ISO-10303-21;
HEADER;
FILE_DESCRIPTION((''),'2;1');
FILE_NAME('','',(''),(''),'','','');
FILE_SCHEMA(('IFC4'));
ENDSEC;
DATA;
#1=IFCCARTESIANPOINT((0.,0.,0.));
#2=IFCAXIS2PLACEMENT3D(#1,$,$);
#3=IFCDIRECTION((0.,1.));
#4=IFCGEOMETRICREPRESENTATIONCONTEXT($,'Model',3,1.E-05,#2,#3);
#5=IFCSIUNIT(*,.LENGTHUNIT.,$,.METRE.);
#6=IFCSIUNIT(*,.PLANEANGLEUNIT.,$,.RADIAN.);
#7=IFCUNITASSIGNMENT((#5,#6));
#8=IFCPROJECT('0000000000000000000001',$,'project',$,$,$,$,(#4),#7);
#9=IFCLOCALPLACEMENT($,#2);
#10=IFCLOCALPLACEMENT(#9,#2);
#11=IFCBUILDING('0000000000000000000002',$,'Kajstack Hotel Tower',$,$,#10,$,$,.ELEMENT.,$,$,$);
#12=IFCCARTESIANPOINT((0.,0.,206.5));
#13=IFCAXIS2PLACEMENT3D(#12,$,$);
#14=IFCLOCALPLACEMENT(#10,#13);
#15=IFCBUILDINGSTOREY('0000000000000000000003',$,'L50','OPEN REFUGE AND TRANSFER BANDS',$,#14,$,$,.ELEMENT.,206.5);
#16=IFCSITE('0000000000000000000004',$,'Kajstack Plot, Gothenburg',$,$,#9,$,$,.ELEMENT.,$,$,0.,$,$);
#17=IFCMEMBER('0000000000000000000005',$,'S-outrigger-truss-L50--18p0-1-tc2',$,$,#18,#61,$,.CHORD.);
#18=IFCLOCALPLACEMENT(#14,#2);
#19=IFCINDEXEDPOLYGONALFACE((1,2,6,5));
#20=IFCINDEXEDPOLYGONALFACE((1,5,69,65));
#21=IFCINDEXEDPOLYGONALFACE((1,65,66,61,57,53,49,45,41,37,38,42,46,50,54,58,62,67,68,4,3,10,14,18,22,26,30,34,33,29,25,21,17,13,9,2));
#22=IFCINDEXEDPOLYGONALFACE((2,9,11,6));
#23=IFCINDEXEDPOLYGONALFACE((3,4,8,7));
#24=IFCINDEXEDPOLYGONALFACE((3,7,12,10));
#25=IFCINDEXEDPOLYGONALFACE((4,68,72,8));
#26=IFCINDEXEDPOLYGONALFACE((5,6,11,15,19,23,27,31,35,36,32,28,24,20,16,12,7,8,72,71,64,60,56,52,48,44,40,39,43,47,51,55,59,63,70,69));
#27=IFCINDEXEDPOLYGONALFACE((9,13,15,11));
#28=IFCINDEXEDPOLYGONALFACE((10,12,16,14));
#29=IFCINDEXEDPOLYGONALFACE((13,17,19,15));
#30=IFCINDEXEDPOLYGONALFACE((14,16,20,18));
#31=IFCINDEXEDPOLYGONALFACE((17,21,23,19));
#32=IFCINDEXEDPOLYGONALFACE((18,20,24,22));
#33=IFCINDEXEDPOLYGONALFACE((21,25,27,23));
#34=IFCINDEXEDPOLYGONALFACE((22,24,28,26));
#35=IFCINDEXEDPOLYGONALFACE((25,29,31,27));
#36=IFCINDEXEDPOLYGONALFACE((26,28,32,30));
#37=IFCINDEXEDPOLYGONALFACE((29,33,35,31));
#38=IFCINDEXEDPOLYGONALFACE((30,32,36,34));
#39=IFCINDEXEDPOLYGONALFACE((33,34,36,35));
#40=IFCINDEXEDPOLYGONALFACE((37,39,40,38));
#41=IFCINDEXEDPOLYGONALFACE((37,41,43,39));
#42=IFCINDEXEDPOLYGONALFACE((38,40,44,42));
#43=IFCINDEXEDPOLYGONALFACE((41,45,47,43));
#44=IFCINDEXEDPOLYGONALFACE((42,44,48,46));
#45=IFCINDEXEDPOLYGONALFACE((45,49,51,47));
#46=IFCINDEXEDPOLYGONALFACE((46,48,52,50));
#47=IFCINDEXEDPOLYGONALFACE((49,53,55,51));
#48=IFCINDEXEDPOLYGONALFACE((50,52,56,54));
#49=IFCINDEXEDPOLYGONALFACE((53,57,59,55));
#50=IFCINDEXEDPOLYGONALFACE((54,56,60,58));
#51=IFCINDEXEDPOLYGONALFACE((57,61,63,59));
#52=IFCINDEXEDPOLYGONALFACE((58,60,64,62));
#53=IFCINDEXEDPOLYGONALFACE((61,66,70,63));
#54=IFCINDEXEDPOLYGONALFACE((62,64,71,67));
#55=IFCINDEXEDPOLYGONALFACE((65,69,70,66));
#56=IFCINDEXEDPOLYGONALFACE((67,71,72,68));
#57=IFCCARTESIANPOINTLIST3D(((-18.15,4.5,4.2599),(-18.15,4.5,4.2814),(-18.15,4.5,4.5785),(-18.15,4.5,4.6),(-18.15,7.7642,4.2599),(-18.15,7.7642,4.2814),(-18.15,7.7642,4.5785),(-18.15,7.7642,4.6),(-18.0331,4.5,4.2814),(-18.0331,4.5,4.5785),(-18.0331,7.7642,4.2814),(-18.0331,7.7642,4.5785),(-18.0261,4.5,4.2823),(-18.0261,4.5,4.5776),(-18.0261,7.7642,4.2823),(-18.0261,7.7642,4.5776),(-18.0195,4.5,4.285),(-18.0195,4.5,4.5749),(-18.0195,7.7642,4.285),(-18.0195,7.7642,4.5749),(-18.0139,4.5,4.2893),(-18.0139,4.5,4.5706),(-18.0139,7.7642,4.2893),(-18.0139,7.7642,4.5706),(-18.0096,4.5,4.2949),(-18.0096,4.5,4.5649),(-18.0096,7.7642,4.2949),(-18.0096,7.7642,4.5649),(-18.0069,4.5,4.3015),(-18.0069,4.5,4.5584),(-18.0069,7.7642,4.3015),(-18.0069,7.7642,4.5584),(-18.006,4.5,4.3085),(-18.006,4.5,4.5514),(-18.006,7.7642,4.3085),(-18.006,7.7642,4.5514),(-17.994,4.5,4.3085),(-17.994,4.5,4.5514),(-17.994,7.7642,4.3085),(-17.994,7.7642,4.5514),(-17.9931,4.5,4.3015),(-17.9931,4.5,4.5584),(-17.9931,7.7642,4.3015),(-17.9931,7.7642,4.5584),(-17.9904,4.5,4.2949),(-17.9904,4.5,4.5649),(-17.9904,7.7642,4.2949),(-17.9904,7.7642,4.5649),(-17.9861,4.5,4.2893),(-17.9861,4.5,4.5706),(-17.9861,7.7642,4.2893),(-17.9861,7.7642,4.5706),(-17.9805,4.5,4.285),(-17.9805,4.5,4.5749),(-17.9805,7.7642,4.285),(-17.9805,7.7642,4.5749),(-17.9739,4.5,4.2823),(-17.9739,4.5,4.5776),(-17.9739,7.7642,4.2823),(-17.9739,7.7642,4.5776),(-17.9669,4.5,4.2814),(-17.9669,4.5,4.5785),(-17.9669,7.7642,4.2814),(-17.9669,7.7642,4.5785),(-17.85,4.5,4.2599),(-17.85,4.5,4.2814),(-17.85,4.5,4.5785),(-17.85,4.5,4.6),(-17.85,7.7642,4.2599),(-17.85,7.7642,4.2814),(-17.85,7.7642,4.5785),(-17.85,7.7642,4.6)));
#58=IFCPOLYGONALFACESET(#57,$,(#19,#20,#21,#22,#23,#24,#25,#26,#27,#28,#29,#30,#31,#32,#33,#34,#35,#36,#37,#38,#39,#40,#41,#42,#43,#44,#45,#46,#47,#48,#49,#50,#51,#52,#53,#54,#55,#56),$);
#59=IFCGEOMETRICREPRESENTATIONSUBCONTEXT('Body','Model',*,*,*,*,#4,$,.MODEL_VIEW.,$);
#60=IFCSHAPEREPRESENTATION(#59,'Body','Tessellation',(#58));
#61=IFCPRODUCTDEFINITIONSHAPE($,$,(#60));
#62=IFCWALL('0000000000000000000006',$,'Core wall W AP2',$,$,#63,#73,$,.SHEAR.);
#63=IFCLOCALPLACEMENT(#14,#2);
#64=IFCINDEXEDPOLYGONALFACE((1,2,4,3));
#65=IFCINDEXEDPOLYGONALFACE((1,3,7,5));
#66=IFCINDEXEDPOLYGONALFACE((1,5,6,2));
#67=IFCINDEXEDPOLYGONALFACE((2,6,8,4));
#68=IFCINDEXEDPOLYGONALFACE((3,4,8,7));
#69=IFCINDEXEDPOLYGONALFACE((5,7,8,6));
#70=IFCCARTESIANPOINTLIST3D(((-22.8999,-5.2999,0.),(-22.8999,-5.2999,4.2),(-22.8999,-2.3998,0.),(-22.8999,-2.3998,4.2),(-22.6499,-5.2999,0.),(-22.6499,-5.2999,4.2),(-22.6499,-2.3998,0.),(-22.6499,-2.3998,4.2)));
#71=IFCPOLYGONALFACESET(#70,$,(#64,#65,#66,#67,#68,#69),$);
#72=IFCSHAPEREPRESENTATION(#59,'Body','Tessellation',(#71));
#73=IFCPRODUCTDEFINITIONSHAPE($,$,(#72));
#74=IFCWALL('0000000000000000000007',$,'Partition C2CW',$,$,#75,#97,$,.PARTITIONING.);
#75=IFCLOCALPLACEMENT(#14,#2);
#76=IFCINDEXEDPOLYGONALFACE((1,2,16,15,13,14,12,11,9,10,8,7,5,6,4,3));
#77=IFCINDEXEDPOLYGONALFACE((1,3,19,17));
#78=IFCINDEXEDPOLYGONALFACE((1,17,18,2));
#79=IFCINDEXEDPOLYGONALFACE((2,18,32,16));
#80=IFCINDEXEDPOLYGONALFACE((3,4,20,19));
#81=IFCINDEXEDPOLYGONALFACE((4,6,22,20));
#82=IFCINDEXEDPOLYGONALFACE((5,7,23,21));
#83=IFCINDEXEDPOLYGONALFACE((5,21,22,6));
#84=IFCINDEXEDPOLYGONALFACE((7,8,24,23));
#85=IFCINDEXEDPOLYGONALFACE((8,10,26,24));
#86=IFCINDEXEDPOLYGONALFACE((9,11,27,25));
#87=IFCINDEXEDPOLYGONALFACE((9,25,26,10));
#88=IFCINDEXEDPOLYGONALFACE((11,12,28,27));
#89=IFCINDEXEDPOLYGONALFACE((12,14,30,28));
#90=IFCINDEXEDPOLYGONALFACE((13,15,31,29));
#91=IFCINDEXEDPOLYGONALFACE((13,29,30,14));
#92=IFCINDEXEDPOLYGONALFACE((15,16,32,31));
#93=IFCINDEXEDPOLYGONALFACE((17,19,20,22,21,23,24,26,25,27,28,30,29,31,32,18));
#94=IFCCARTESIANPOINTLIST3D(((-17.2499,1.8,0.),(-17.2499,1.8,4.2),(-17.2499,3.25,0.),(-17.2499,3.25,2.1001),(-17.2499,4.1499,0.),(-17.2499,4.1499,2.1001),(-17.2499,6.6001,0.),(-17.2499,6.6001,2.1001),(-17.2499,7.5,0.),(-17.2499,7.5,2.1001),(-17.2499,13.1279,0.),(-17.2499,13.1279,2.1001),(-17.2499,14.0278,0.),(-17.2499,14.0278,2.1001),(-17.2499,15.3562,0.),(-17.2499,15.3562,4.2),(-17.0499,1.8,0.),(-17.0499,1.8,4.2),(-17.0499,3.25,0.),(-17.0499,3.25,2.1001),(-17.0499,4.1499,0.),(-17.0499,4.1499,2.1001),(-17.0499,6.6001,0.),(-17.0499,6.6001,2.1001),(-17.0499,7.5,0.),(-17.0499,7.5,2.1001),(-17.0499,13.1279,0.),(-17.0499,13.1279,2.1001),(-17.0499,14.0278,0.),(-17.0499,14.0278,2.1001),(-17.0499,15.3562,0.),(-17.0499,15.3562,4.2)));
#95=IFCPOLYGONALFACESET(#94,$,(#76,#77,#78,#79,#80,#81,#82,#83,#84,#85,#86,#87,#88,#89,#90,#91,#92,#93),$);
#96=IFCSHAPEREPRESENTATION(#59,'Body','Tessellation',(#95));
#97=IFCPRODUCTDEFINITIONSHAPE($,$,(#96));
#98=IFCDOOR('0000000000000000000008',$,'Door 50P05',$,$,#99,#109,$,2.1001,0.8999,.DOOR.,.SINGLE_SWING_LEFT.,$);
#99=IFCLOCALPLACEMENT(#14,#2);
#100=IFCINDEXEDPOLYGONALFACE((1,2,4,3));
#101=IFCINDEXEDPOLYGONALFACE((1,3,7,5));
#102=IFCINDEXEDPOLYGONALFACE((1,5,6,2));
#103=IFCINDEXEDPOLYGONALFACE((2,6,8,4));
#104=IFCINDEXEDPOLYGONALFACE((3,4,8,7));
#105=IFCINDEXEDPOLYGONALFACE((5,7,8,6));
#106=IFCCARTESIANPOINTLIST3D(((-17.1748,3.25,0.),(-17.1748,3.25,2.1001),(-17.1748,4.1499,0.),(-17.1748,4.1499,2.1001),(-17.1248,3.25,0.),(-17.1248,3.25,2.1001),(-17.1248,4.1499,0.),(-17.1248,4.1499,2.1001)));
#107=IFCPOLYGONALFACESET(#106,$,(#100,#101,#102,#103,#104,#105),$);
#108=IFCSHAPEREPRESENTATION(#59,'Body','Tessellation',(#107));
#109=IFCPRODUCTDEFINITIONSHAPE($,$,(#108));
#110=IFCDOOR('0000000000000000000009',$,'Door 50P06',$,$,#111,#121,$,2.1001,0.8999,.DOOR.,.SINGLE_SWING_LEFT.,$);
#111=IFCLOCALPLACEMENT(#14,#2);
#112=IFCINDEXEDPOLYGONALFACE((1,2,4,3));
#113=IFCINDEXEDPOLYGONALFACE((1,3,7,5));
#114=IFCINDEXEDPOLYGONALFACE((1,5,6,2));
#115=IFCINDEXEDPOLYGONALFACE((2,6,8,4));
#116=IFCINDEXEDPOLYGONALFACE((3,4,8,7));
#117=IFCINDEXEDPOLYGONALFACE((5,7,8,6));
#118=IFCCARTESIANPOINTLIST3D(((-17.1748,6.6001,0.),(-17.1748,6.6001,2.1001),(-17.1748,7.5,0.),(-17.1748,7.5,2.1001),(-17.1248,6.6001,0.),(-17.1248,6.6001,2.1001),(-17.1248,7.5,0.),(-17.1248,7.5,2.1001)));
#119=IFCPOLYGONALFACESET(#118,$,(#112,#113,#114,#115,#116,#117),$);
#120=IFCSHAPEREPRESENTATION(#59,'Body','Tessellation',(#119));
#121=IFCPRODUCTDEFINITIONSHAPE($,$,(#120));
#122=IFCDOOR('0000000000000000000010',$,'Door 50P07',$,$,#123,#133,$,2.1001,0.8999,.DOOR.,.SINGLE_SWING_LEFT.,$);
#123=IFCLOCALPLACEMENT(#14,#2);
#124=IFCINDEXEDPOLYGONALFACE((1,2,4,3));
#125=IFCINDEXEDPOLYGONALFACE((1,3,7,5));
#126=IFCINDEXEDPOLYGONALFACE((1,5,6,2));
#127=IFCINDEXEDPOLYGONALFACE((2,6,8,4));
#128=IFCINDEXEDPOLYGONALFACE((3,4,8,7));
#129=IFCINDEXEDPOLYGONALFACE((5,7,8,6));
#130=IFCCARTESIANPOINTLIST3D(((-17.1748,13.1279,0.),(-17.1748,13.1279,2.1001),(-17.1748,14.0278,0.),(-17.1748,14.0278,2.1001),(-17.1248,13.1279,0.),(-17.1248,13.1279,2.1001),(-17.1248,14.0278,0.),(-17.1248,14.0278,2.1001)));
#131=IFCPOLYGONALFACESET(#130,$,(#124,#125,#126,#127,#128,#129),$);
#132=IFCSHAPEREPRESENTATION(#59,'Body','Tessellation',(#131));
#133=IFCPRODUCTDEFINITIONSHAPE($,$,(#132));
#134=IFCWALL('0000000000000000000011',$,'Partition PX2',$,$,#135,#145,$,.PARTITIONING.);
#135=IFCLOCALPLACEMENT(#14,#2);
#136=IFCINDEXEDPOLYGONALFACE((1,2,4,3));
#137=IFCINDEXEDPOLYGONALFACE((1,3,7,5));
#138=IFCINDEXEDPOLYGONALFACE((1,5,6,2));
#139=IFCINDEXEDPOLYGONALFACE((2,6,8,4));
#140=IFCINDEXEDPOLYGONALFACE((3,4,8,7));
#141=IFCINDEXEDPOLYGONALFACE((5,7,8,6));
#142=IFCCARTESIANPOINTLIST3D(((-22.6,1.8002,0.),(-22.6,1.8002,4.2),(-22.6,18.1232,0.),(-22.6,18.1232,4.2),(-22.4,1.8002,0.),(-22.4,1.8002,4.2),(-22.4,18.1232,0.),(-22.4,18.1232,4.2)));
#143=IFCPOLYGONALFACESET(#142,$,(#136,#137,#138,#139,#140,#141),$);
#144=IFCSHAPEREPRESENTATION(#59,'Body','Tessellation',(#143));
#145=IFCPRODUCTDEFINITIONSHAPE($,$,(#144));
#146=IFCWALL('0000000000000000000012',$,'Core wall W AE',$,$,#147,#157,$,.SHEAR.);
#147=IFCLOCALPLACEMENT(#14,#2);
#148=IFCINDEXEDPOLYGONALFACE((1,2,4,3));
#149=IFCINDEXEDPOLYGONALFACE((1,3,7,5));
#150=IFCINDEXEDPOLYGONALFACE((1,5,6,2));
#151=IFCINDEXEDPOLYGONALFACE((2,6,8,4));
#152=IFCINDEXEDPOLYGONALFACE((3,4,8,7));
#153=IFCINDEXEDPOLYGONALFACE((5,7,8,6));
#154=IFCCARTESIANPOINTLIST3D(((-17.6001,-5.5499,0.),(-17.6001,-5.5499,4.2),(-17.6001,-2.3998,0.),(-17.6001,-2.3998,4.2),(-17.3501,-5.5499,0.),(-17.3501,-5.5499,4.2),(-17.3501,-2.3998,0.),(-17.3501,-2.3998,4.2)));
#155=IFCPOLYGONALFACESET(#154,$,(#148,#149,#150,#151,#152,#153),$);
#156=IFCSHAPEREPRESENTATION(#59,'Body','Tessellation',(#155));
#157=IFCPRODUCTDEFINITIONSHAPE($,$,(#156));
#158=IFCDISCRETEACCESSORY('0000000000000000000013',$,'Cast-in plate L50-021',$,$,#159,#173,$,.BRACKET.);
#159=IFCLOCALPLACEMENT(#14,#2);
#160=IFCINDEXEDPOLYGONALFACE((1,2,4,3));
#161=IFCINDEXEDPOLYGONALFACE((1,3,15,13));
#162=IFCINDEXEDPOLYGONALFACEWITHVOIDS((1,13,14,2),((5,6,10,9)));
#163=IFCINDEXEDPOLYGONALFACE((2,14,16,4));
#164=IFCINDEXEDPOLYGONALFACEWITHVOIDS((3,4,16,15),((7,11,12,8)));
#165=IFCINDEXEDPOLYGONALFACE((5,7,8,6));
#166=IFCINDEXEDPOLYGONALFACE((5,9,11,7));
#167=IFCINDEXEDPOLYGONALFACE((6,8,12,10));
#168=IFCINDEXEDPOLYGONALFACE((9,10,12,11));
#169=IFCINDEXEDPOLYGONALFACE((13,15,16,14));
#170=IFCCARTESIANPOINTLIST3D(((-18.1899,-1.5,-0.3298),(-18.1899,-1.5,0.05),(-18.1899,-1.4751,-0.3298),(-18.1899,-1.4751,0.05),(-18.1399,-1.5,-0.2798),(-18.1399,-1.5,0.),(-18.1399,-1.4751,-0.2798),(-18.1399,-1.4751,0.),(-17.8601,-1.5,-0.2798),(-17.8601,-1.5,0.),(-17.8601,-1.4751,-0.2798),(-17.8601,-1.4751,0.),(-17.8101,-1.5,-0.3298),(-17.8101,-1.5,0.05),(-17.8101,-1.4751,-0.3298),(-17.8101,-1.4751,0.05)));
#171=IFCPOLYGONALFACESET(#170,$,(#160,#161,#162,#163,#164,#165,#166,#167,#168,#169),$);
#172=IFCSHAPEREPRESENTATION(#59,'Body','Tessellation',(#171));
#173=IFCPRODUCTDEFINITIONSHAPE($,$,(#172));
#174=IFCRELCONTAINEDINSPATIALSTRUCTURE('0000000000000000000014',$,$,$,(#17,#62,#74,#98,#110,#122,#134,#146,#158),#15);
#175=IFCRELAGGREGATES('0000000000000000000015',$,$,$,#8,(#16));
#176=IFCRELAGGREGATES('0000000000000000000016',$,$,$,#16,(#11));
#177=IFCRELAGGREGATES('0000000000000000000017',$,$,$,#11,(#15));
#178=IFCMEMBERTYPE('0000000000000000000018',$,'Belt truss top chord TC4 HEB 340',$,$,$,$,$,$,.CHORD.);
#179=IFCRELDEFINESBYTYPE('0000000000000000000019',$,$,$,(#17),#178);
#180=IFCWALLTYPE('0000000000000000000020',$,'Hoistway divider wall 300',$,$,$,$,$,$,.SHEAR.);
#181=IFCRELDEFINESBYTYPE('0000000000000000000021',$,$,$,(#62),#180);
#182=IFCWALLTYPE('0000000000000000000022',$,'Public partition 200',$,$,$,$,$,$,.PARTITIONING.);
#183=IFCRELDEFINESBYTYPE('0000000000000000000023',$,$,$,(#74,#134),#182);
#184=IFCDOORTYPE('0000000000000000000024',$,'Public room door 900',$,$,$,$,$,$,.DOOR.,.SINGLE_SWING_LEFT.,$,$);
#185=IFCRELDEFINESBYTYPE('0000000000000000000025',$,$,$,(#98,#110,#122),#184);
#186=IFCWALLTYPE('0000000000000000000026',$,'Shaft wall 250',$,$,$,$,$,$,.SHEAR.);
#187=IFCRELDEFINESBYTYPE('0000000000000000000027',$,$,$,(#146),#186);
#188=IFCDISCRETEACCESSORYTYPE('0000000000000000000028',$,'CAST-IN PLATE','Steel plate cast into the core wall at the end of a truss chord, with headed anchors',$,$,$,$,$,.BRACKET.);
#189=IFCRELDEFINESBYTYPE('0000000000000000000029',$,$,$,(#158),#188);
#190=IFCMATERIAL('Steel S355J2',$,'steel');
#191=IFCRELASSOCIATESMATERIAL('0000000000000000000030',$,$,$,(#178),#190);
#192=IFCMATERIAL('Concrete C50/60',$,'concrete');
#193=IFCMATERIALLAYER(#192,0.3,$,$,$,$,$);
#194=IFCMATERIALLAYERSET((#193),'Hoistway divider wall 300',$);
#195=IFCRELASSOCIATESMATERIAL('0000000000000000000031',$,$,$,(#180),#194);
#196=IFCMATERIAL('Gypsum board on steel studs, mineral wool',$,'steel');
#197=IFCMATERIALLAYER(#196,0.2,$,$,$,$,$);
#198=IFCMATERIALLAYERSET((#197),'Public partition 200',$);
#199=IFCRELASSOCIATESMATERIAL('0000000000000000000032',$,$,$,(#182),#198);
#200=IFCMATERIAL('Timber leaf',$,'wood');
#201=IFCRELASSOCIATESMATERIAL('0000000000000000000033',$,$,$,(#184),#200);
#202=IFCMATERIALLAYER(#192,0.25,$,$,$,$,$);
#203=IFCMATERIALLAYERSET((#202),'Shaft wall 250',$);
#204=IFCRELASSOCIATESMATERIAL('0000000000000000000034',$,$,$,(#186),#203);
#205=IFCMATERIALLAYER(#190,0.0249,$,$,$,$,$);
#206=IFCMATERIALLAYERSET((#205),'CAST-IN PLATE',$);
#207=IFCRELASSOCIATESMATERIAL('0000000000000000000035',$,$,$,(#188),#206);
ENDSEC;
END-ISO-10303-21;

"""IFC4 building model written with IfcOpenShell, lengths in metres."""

from ifc_helpers import new_model, si_unit, direction, frame, frame_2d, origin, origin_2d, place, context, subcontext, project, spatial, polyline, rectangle, i_section, outline, extrude, material, layer, layer_set, material_profile, profile_set, type_object, element, fill, save


model = new_model("IFC4")

# Units and contexts
model_context = context("Model", 3, precision=1e-05, world=origin(), true_north=direction((0.0, 1.0)))
body_context = subcontext(model_context, "Body", "Model", "MODEL_VIEW")
ifc_project = project(units=[si_unit("LENGTHUNIT", "METRE"), si_unit("PLANEANGLEUNIT", "RADIAN")], contexts=[model_context])

# Site, building, storey
site_placement = place(None, origin())
site = spatial("IfcSite", under=ifc_project, at=site_placement, Name="Kajstack Plot, Gothenburg", CompositionType="ELEMENT", RefElevation=0.0)
building_placement = place(site_placement, origin())
building = spatial("IfcBuilding", under=site, at=building_placement, Name="Kajstack Hotel Tower", CompositionType="ELEMENT")
storey_placement = place(building_placement, frame((0.0, 0.0, 206.5)))
storey = spatial("IfcBuildingStorey", under=building, at=storey_placement, Name="L50", Description="OPEN REFUGE AND TRANSFER BANDS", CompositionType="ELEMENT", Elevation=206.5)

# Member
ifc_material_1 = material(Name="Steel S355J2", Category="steel")
ifc_material_profile_1 = material_profile(ifc_material_1, i_section(OverallWidth=0.3, OverallDepth=0.3401, WebThickness=0.012, FlangeThickness=0.0215, FilletRadius=0.0271, at=origin_2d()), Name="HEB 340")
ifc_profile_set_1 = profile_set([ifc_material_profile_1], Name="Steel S355J2")
member_type_1 = type_object("IfcMemberType", Name="Belt truss top chord TC4 HEB 340", PredefinedType="CHORD", material=ifc_profile_set_1)
member_1_placement = place(storey_placement, frame((-18.0, 4.5, 4.4299), z_axis=(0.0, 1.0, 0.0), x_axis=(-1.0, 0.0, 0.0)))
element("IfcMember", 1, at=member_1_placement, inside=storey, type_object=member_type_1, Name="S-outrigger-truss-L50--18p0-1-tc2", PredefinedType="CHORD", context=body_context, shape_type="SweptSolid", body=[
    extrude(i_section(OverallWidth=0.3, OverallDepth=0.3401, WebThickness=0.012, FlangeThickness=0.0215, FilletRadius=0.0271, at=origin_2d()), origin(), (0.0, 0.0, 1.0), 3.2642),
])

# Wall
ifc_material_2 = material(Name="Concrete C50/60", Category="concrete")
ifc_layer_1 = layer(ifc_material_2, 0.3)
ifc_layer_set_1 = layer_set([ifc_layer_1], Name="Hoistway divider wall 300")
wall_type_1 = type_object("IfcWallType", Name="Hoistway divider wall 300", PredefinedType="SHEAR", material=ifc_layer_set_1)
wall_1_placement = place(storey_placement, frame((-22.7749, -5.3, 0.0), z_axis=(0.0, 0.0, 1.0), x_axis=(0.0, 1.0, 0.0)))
element("IfcWall", 2, at=wall_1_placement, inside=storey, type_object=wall_type_1, Name="Core wall W AP2", PredefinedType="SHEAR", context=body_context, shape_type="SweptSolid", body=[
    extrude(rectangle(XDim=2.9001, YDim=0.25, at=frame_2d((1.4502, 0.0))), origin(), (0.0, 0.0, 1.0), 4.2),
])

# Wall, openings, doors
ifc_material_3 = material(Name="Gypsum board on steel studs, mineral wool", Category="steel")
ifc_layer_2 = layer(ifc_material_3, 0.2)
ifc_layer_set_2 = layer_set([ifc_layer_2], Name="Public partition 200")
wall_type_2 = type_object("IfcWallType", Name="Public partition 200", PredefinedType="PARTITIONING", material=ifc_layer_set_2)
wall_2_placement = place(storey_placement, frame((-17.1499, 1.8, 0.0), z_axis=(0.0, 0.0, 1.0), x_axis=(0.0, 1.0, 0.0)))
wall_2 = element("IfcWall", 3, at=wall_2_placement, inside=storey, type_object=wall_type_2, Name="Partition C2CW", PredefinedType="PARTITIONING", context=body_context, shape_type="SweptSolid", body=[
    extrude(rectangle(XDim=13.5562, YDim=0.2, at=frame_2d((6.7781, 0.0))), origin(), (0.0, 0.0, 1.0), 4.2),
])
opening_1_placement = place(wall_2_placement, frame((1.45, 0.0, 0.0)))
opening_1 = element("IfcOpeningElement", 4, at=opening_1_placement, cuts=wall_2, PredefinedType="OPENING", context=body_context, shape_type="SweptSolid", body=[
    extrude(rectangle(XDim=0.8999, YDim=2.1001, at=frame_2d((0.45, 1.05))), frame((0.0, 0.1099, 0.0), z_axis=(0.0, -1.0, 0.0), x_axis=(1.0, 0.0, 0.0)), (0.0, 0.0, 1.0), 0.22),
])
opening_2_placement = place(wall_2_placement, frame((4.8, 0.0, 0.0)))
opening_2 = element("IfcOpeningElement", 5, at=opening_2_placement, cuts=wall_2, PredefinedType="OPENING", context=body_context, shape_type="SweptSolid", body=[
    extrude(rectangle(XDim=0.8999, YDim=2.1001, at=frame_2d((0.45, 1.05))), frame((0.0, 0.1099, 0.0), z_axis=(0.0, -1.0, 0.0), x_axis=(1.0, 0.0, 0.0)), (0.0, 0.0, 1.0), 0.22),
])
opening_3_placement = place(wall_2_placement, frame((11.3279, 0.0, 0.0)))
opening_3 = element("IfcOpeningElement", 6, at=opening_3_placement, cuts=wall_2, PredefinedType="OPENING", context=body_context, shape_type="SweptSolid", body=[
    extrude(rectangle(XDim=0.8999, YDim=2.1001, at=frame_2d((0.45, 1.05))), frame((0.0, 0.1099, 0.0), z_axis=(0.0, -1.0, 0.0), x_axis=(1.0, 0.0, 0.0)), (0.0, 0.0, 1.0), 0.22),
])
ifc_material_4 = material(Name="Timber leaf", Category="wood")
door_type = type_object("IfcDoorType", Name="Public room door 900", OperationType="SINGLE_SWING_LEFT", PredefinedType="DOOR", material=ifc_material_4)
door_1_placement = place(opening_1_placement, origin())
door_1 = element("IfcDoor", 7, at=door_1_placement, inside=storey, type_object=door_type, Name="Door 50P05", OperationType="SINGLE_SWING_LEFT", OverallHeight=2.1001, OverallWidth=0.8999, PredefinedType="DOOR", context=body_context, shape_type="SweptSolid", body=[
    extrude(rectangle(XDim=0.8999, YDim=2.1001, at=frame_2d((0.45, 1.05))), frame((0.0, 0.0249, 0.0), z_axis=(0.0, -1.0, 0.0), x_axis=(1.0, 0.0, 0.0)), (0.0, 0.0, 1.0), 0.05),
])
fill(opening_1, door_1)
door_2_placement = place(opening_2_placement, origin())
door_2 = element("IfcDoor", 8, at=door_2_placement, inside=storey, type_object=door_type, Name="Door 50P06", OperationType="SINGLE_SWING_LEFT", OverallHeight=2.1001, OverallWidth=0.8999, PredefinedType="DOOR", context=body_context, shape_type="SweptSolid", body=[
    extrude(rectangle(XDim=0.8999, YDim=2.1001, at=frame_2d((0.45, 1.05))), frame((0.0, 0.0249, 0.0), z_axis=(0.0, -1.0, 0.0), x_axis=(1.0, 0.0, 0.0)), (0.0, 0.0, 1.0), 0.05),
])
fill(opening_2, door_2)
door_3_placement = place(opening_3_placement, origin())
door_3 = element("IfcDoor", 9, at=door_3_placement, inside=storey, type_object=door_type, Name="Door 50P07", OperationType="SINGLE_SWING_LEFT", OverallHeight=2.1001, OverallWidth=0.8999, PredefinedType="DOOR", context=body_context, shape_type="SweptSolid", body=[
    extrude(rectangle(XDim=0.8999, YDim=2.1001, at=frame_2d((0.45, 1.05))), frame((0.0, 0.0249, 0.0), z_axis=(0.0, -1.0, 0.0), x_axis=(1.0, 0.0, 0.0)), (0.0, 0.0, 1.0), 0.05),
])
fill(opening_3, door_3)

# Walls
wall_3_placement = place(storey_placement, frame((-22.5, 1.8, 0.0), z_axis=(0.0, 0.0, 1.0), x_axis=(0.0, 1.0, 0.0)))
element("IfcWall", 10, at=wall_3_placement, inside=storey, type_object=wall_type_2, Name="Partition PX2", PredefinedType="PARTITIONING", context=body_context, shape_type="SweptSolid", body=[
    extrude(rectangle(XDim=16.323, YDim=0.2, at=frame_2d((8.1616, 0.0))), origin(), (0.0, 0.0, 1.0), 4.2),
])
ifc_layer_3 = layer(ifc_material_2, 0.25)
ifc_layer_set_3 = layer_set([ifc_layer_3], Name="Shaft wall 250")
wall_type_3 = type_object("IfcWallType", Name="Shaft wall 250", PredefinedType="SHEAR", material=ifc_layer_set_3)
wall_4_placement = place(storey_placement, frame((-17.4751, -5.55, 0.0), z_axis=(0.0, 0.0, 1.0), x_axis=(0.0, 1.0, 0.0)))
element("IfcWall", 11, at=wall_4_placement, inside=storey, type_object=wall_type_3, Name="Core wall W AE", PredefinedType="SHEAR", context=body_context, shape_type="SweptSolid", body=[
    extrude(rectangle(XDim=3.1501, YDim=0.25, at=frame_2d((1.5752, 0.0))), origin(), (0.0, 0.0, 1.0), 4.2),
])

# Discrete accessory
ifc_layer_4 = layer(ifc_material_1, 0.0249)
ifc_layer_set_4 = layer_set([ifc_layer_4], Name="CAST-IN PLATE")
discrete_accessory_type_1 = type_object("IfcDiscreteAccessoryType", Name="CAST-IN PLATE", Description="Steel plate cast into the core wall at the end of a truss chord, with headed anchors", PredefinedType="BRACKET", material=ifc_layer_set_4)
discrete_accessory_1_placement = place(storey_placement, frame((-18.0, -1.5, -0.1399), z_axis=(0.0, 1.0, 0.0), x_axis=(-1.0, 0.0, 0.0)))
element("IfcDiscreteAccessory", 12, at=discrete_accessory_1_placement, inside=storey, type_object=discrete_accessory_type_1, Name="Cast-in plate L50-021", PredefinedType="BRACKET", context=body_context, shape_type="SweptSolid", body=[
    extrude(outline(polyline([(-0.1899, -0.1899), (0.1899, -0.1899), (0.1899, 0.1899), (-0.1899, 0.1899), (-0.1899, -0.1899)]), holes=[polyline([(-0.1399, -0.1399), (-0.1399, 0.1399), (0.1399, 0.1399), (0.1399, -0.1399), (-0.1399, -0.1399)])]), origin(), (0.0, 0.0, 1.0), 0.0249),
])

save(model, "model.ifc")
